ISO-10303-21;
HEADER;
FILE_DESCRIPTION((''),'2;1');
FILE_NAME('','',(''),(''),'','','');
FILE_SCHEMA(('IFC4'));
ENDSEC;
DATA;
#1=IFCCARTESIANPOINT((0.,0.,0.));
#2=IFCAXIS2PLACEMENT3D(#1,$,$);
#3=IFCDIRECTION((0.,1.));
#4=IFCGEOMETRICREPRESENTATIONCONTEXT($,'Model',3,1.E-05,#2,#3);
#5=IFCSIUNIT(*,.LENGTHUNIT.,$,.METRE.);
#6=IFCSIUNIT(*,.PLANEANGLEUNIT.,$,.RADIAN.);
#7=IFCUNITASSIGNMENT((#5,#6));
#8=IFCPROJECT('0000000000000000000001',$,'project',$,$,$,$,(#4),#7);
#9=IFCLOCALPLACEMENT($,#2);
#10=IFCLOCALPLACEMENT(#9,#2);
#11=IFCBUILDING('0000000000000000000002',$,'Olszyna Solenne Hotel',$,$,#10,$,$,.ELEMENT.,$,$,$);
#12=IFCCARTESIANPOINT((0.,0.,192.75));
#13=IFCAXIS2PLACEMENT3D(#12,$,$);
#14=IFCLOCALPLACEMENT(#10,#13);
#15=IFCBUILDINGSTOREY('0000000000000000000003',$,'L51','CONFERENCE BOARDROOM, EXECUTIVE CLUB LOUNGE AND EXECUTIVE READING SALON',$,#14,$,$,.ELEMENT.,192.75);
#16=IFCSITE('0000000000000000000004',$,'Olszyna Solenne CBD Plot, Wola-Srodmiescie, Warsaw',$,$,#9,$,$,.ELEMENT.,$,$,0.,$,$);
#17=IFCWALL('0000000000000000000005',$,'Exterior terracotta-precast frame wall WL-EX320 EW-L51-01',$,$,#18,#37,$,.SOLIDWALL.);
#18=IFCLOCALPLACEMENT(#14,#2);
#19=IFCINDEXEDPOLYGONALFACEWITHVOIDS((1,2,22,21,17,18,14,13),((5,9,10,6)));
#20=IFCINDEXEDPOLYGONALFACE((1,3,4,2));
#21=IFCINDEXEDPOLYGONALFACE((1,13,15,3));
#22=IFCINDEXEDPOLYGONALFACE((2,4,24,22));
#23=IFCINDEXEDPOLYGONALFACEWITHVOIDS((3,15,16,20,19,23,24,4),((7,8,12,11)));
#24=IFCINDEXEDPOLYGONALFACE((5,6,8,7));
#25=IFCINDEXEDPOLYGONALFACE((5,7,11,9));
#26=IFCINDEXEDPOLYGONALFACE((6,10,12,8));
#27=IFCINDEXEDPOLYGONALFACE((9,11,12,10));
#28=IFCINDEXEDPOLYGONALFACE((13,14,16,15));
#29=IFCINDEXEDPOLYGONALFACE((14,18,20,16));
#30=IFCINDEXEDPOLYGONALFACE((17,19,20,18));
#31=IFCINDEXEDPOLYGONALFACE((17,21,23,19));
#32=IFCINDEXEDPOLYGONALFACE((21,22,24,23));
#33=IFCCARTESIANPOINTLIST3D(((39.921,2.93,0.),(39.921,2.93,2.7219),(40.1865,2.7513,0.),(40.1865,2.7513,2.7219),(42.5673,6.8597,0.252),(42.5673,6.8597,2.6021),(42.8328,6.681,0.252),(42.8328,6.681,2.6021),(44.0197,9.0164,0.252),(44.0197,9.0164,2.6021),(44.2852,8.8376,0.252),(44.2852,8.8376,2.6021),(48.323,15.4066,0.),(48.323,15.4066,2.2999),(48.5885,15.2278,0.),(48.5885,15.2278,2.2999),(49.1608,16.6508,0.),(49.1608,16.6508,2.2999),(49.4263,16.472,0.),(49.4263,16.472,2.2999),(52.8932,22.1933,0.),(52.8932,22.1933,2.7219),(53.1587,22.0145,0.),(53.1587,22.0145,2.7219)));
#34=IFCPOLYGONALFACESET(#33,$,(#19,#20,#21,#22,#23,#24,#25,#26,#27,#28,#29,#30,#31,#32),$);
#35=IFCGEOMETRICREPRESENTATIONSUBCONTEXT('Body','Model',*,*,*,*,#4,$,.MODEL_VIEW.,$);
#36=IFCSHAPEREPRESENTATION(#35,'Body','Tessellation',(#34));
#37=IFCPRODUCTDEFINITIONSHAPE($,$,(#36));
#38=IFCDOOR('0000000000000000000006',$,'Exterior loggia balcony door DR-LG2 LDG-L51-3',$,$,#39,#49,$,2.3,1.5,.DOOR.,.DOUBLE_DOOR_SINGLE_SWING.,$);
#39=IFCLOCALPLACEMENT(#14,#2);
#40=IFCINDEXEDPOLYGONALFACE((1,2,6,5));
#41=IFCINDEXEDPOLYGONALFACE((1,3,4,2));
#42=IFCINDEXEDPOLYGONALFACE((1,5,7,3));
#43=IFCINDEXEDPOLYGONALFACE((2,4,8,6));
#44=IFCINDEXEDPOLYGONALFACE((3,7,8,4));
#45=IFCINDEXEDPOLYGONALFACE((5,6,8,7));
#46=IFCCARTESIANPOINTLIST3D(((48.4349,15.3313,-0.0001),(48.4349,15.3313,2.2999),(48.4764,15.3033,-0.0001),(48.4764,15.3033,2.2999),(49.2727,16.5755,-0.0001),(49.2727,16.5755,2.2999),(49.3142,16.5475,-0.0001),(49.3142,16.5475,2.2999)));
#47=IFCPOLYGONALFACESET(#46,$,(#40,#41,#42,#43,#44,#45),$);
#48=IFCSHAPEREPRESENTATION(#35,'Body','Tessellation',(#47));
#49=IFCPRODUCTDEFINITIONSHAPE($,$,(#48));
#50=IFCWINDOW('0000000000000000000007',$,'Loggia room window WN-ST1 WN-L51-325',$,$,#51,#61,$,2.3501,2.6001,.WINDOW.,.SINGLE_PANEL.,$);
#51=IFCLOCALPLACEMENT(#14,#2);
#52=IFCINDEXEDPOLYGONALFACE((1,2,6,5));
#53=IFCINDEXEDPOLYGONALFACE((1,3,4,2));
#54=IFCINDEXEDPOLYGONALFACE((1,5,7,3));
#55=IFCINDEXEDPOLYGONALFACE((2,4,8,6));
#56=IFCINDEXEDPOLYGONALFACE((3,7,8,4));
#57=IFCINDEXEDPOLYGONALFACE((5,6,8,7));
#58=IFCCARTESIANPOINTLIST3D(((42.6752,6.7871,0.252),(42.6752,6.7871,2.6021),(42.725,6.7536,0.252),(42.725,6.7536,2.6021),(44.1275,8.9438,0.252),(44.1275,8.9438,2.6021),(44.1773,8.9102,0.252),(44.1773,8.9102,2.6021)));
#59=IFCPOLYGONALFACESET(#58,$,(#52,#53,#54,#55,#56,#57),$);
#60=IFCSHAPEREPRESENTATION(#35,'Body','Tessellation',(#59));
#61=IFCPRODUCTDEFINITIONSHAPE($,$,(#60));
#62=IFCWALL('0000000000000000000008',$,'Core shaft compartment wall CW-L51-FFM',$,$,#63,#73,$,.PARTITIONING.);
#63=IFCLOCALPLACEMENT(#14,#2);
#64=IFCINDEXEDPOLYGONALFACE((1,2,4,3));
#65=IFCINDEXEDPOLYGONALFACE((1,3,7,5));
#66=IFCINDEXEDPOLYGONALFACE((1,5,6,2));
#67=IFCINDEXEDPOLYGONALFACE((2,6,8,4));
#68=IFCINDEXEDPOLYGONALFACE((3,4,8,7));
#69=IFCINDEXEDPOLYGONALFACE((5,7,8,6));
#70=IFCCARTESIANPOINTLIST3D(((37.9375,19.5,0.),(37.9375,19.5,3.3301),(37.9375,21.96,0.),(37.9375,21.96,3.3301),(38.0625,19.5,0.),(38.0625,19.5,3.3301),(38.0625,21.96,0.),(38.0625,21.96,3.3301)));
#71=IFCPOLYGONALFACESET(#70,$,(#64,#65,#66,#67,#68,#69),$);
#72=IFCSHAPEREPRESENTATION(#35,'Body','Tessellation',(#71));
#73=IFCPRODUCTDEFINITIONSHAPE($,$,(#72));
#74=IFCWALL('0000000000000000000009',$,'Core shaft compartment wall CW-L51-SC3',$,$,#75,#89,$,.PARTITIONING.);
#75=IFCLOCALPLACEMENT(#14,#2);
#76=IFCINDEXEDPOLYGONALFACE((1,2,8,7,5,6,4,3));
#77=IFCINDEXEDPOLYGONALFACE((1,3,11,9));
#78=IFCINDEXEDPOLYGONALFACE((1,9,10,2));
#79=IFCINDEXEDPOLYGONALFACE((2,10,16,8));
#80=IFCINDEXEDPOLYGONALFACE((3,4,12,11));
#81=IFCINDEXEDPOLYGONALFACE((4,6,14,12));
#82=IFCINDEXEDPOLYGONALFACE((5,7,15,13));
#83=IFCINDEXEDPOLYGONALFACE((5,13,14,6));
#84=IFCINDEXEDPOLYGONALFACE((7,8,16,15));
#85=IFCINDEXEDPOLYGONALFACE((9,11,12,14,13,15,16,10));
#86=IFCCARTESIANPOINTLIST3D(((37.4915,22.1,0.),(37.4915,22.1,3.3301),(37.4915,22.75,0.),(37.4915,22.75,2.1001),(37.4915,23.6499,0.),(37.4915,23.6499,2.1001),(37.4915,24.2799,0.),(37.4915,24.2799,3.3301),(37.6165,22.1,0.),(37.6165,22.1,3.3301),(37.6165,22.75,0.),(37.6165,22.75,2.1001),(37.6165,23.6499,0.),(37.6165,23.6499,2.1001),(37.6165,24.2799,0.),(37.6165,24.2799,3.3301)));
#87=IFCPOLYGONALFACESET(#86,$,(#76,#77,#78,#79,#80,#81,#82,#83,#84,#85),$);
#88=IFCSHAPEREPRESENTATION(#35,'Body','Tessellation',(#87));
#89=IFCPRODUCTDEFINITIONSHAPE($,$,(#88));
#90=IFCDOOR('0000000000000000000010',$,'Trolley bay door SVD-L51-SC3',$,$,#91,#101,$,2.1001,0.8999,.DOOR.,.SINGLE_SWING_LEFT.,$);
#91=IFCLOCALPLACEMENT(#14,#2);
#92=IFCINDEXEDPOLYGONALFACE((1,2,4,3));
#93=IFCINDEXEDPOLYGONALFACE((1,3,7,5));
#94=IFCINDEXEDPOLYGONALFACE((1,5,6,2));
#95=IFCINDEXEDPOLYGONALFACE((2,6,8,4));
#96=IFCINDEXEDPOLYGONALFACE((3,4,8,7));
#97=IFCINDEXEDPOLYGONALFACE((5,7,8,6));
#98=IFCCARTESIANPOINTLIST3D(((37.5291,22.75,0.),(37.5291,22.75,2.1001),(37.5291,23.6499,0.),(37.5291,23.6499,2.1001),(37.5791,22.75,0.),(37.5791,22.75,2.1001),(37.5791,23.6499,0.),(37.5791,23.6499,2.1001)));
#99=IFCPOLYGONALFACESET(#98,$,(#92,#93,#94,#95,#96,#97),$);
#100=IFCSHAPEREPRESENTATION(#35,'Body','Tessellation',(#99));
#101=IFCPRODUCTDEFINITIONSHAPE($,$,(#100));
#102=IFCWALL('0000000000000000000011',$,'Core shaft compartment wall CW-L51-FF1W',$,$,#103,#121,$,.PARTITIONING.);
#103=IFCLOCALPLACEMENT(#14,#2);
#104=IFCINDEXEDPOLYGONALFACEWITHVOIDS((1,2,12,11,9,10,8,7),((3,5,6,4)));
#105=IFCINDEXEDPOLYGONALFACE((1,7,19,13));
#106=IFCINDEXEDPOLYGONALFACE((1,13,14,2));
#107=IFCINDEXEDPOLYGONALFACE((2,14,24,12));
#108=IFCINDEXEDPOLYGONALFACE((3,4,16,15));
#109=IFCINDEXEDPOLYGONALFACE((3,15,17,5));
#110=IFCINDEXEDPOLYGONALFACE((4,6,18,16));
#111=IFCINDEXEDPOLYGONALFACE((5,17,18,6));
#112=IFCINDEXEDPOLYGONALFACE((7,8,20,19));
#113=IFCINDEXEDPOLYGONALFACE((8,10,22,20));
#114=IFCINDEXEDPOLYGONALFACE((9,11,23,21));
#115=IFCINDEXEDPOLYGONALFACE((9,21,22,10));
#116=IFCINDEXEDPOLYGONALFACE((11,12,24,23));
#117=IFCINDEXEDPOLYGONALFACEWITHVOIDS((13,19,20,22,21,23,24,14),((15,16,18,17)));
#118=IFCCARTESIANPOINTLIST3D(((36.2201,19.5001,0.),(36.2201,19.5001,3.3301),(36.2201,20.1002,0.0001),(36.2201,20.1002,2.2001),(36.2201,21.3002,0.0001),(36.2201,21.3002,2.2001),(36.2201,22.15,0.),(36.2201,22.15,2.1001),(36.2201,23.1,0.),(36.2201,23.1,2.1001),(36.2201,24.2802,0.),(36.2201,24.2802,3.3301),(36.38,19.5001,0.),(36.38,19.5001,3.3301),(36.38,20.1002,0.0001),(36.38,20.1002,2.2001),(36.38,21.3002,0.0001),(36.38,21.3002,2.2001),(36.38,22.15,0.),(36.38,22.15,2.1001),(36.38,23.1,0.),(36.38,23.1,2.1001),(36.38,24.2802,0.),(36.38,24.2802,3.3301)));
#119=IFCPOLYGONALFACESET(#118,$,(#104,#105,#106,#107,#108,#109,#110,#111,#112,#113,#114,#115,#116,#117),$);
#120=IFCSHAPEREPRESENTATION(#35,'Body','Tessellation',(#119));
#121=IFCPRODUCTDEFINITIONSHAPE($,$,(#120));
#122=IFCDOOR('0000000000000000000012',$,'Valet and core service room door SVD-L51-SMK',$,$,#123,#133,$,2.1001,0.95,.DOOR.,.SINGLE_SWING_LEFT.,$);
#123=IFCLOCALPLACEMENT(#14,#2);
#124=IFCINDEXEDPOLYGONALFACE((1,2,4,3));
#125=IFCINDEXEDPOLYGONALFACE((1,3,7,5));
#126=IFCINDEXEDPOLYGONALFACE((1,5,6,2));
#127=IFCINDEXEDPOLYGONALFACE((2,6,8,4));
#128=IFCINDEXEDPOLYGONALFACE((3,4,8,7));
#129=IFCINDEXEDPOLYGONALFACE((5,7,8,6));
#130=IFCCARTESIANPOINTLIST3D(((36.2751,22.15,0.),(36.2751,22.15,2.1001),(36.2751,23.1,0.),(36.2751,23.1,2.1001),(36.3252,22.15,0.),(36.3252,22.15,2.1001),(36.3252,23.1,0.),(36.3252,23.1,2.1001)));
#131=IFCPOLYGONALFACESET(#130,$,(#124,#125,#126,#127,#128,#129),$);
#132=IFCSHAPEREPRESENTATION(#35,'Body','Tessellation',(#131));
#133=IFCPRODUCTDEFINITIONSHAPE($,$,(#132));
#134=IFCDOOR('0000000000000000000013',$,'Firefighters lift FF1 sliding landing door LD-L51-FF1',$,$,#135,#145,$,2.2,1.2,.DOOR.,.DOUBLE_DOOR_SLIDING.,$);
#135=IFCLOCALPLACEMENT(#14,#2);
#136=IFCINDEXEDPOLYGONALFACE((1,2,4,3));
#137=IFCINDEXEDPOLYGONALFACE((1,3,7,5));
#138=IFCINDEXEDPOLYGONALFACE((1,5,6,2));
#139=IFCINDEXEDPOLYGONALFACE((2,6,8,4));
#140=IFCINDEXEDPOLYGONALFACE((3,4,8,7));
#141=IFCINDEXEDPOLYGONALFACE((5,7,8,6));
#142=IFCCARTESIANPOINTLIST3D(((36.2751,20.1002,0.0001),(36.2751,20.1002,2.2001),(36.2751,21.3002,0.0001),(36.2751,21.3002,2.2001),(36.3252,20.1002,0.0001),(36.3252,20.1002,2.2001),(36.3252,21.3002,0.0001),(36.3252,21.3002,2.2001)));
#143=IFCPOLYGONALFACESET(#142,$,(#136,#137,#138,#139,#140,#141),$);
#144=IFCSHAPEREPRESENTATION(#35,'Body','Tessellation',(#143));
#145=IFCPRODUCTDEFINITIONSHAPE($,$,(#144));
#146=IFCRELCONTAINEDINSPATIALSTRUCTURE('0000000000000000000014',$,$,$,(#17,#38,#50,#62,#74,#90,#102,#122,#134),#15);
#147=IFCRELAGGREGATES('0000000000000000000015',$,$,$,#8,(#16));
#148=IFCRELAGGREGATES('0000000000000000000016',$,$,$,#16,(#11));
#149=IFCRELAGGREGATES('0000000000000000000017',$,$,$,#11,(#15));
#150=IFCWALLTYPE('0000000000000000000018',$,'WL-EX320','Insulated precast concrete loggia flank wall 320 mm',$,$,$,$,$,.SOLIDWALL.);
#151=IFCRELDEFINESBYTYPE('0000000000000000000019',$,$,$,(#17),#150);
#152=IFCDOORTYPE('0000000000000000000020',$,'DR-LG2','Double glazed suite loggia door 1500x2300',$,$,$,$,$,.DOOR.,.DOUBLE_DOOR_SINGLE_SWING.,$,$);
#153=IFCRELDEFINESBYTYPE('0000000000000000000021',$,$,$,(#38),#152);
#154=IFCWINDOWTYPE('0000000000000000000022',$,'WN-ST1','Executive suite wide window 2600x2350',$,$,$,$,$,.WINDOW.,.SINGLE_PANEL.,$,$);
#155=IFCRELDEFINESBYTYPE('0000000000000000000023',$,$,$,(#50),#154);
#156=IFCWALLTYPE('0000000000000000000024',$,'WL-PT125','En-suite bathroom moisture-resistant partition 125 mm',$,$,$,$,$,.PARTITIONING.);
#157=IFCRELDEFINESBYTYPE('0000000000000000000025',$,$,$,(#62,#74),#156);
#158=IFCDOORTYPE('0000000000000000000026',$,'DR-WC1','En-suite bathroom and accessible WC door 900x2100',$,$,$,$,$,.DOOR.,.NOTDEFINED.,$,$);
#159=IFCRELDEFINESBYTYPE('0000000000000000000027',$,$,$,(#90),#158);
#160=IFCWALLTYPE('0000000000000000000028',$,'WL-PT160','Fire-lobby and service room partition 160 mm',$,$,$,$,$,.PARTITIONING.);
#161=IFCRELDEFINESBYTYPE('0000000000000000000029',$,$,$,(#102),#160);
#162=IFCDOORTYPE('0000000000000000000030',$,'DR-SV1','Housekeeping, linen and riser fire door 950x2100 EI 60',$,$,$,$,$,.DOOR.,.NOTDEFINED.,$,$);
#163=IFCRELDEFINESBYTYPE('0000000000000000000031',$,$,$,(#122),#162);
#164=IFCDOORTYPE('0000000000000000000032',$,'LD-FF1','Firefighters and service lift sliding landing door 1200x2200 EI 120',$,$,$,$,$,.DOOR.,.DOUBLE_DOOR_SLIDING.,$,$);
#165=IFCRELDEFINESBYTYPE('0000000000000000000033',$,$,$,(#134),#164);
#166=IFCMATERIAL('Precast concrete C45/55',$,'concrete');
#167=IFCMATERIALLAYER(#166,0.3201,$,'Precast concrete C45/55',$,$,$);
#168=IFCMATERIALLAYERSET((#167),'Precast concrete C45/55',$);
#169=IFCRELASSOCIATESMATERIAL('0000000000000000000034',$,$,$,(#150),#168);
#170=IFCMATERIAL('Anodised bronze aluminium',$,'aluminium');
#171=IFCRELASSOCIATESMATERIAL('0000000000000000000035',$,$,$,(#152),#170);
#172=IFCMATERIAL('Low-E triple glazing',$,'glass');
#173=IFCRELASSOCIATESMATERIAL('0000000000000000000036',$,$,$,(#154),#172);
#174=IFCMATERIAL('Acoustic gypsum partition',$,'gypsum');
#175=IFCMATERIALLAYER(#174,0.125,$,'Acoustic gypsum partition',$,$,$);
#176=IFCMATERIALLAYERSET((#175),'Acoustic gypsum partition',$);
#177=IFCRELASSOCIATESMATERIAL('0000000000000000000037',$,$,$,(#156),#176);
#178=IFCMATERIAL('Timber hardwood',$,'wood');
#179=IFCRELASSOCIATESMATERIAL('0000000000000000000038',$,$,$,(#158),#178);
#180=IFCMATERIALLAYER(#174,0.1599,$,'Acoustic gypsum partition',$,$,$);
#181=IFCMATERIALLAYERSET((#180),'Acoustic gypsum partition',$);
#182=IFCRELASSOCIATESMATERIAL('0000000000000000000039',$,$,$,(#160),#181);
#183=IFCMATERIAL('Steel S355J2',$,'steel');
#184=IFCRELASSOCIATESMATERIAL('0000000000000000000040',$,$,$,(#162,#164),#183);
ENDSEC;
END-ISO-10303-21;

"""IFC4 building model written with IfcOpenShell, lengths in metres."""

from ifc_helpers import new_model, si_unit, direction, frame, frame_2d, origin, place, context, subcontext, project, spatial, rectangle, extrude, source, transform, mapped, material, layer, layer_set, type_object, type_shapes, element, fill, save


model = new_model("IFC4")

# Units and contexts
model_context = context("Model", 3, precision=1e-05, world=origin(), true_north=direction((0.0, 1.0)))
body_context = subcontext(model_context, "Body", "Model", "MODEL_VIEW")
ifc_project = project(units=[si_unit("LENGTHUNIT", "METRE"), si_unit("PLANEANGLEUNIT", "RADIAN")], contexts=[model_context])

# Site, building, storey
site_placement = place(None, origin())
site = spatial("IfcSite", under=ifc_project, at=site_placement, Name="Olszyna Solenne CBD Plot, Wola-Srodmiescie, Warsaw", CompositionType="ELEMENT", RefElevation=0.0)
building_placement = place(site_placement, origin())
building = spatial("IfcBuilding", under=site, at=building_placement, Name="Olszyna Solenne Hotel", CompositionType="ELEMENT")
storey_placement = place(building_placement, frame((0.0, 0.0, 192.75)))
storey = spatial("IfcBuildingStorey", under=building, at=storey_placement, Name="L51", Description="CONFERENCE BOARDROOM, EXECUTIVE CLUB LOUNGE AND EXECUTIVE READING SALON", CompositionType="ELEMENT", Elevation=192.75)

# Shared definitions
ifc_material_1 = material(Name="Steel S355J2", Category="steel")

# Wall, openings, door, window
ifc_material_2 = material(Name="Precast concrete C45/55", Category="concrete")
ifc_layer_1 = layer(ifc_material_2, 0.3201, Name="Precast concrete C45/55")
ifc_layer_set_1 = layer_set([ifc_layer_1], Name="Precast concrete C45/55")
wall_type_1 = type_object("IfcWallType", Name="WL-EX320", Description="Insulated precast concrete loggia flank wall 320 mm", PredefinedType="SOLIDWALL", material=ifc_layer_set_1)
wall_1_placement = place(storey_placement, frame((53.0259, 22.1038, 0.0), z_axis=(0.0, 0.0, 1.0), x_axis=(-0.558571, -0.829457, 0.0)))
wall_1 = element("IfcWall", 1, at=wall_1_placement, inside=storey, type_object=wall_type_1, Name="Exterior terracotta-precast frame wall WL-EX320 EW-L51-01", PredefinedType="SOLIDWALL", context=body_context, shape_type="SweptSolid", body=[
    extrude(rectangle(XDim=23.2239, YDim=0.3201, at=frame_2d((11.6118, 0.0))), origin(), (0.0, 0.0, 1.0), 2.7219),
])
opening_1_placement = place(wall_1_placement, frame((6.6819, 0.0, 0.0)))
opening_1 = element("IfcOpeningElement", 2, at=opening_1_placement, cuts=wall_1, PredefinedType="OPENING", context=body_context, shape_type="SweptSolid", body=[
    extrude(rectangle(XDim=1.5, YDim=2.3, at=frame_2d((0.75, 1.1499))), frame((0.0, 0.1699, 0.0), z_axis=(0.0, -1.0, 0.0), x_axis=(1.0, 0.0, 0.0)), (0.0, 0.0, 1.0), 0.3401),
])
opening_2_placement = place(wall_1_placement, frame((15.886, 0.0, 0.252)))
opening_2 = element("IfcOpeningElement", 3, at=opening_2_placement, cuts=wall_1, PredefinedType="OPENING", context=body_context, shape_type="SweptSolid", body=[
    extrude(rectangle(XDim=2.6001, YDim=2.3501, at=frame_2d((1.3, 1.175))), frame((0.0, 0.1699, 0.0), z_axis=(0.0, -1.0, 0.0), x_axis=(1.0, 0.0, 0.0)), (0.0, 0.0, 1.0), 0.3401),
])
ifc_material_3 = material(Name="Anodised bronze aluminium", Category="aluminium")
door_type_1 = type_object("IfcDoorType", Name="DR-LG2", Description="Double glazed suite loggia door 1500x2300", OperationType="DOUBLE_DOOR_SINGLE_SWING", PredefinedType="DOOR", material=ifc_material_3)
shared_shape_1 = source(origin(), body_context, "Body", "SweptSolid", [
    extrude(rectangle(XDim=1.5, YDim=2.3, at=frame_2d((0.75, 1.1499))), frame((0.0, 0.0249, 0.0), z_axis=(0.0, -1.0, 0.0), x_axis=(1.0, 0.0, 0.0)), (0.0, 0.0, 1.0), 0.05),
])
type_shapes(door_type_1, [shared_shape_1])
door_1_placement = place(opening_1_placement, origin())
door_1 = element("IfcDoor", 4, at=door_1_placement, inside=storey, type_object=door_type_1, Name="Exterior loggia balcony door DR-LG2 LDG-L51-3", OperationType="DOUBLE_DOOR_SINGLE_SWING", OverallHeight=2.3, OverallWidth=1.5, PredefinedType="DOOR", context=body_context, shape_type="MappedRepresentation", body=[
    mapped(shared_shape_1, transform((0.0, 0.0, 0.0), x_axis=(1.0, 0.0, 0.0), y_axis=(0.0, 1.0, 0.0), z_axis=(0.0, 0.0, 1.0), scale=1.0)),
])
fill(opening_1, door_1)
ifc_material_4 = material(Name="Low-E triple glazing", Category="glass")
window_type = type_object("IfcWindowType", Name="WN-ST1", Description="Executive suite wide window 2600x2350", PartitioningType="SINGLE_PANEL", PredefinedType="WINDOW", material=ifc_material_4)
shared_shape_2 = source(origin(), body_context, "Body", "SweptSolid", [
    extrude(rectangle(XDim=2.6001, YDim=2.3501, at=frame_2d((1.3, 1.175))), frame((0.0, 0.03, 0.0), z_axis=(0.0, -1.0, 0.0), x_axis=(1.0, 0.0, 0.0)), (0.0, 0.0, 1.0), 0.0601),
])
type_shapes(window_type, [shared_shape_2])
window_placement = place(opening_2_placement, origin())
window = element("IfcWindow", 5, at=window_placement, inside=storey, type_object=window_type, Name="Loggia room window WN-ST1 WN-L51-325", OverallHeight=2.3501, OverallWidth=2.6001, PartitioningType="SINGLE_PANEL", PredefinedType="WINDOW", context=body_context, shape_type="MappedRepresentation", body=[
    mapped(shared_shape_2, transform((0.0, 0.0, 0.0), x_axis=(1.0, 0.0, 0.0), y_axis=(0.0, 1.0, 0.0), z_axis=(0.0, 0.0, 1.0), scale=1.0)),
])
fill(opening_2, window)

# Wall
ifc_material_5 = material(Name="Acoustic gypsum partition", Category="gypsum")
ifc_layer_2 = layer(ifc_material_5, 0.125, Name="Acoustic gypsum partition")
ifc_layer_set_2 = layer_set([ifc_layer_2], Name="Acoustic gypsum partition")
wall_type_2 = type_object("IfcWallType", Name="WL-PT125", Description="En-suite bathroom moisture-resistant partition 125 mm", PredefinedType="PARTITIONING", material=ifc_layer_set_2)
wall_2_placement = place(storey_placement, frame((38.0, 19.5, 0.0), z_axis=(0.0, 0.0, 1.0), x_axis=(0.0, 1.0, 0.0)))
element("IfcWall", 6, at=wall_2_placement, inside=storey, type_object=wall_type_2, Name="Core shaft compartment wall CW-L51-FFM", PredefinedType="PARTITIONING", context=body_context, shape_type="SweptSolid", body=[
    extrude(rectangle(XDim=2.46, YDim=0.125, at=frame_2d((1.23, 0.0))), origin(), (0.0, 0.0, 1.0), 3.3301),
])

# Wall, opening, door
wall_3_placement = place(storey_placement, frame((37.554, 22.1001, 0.0), z_axis=(0.0, 0.0, 1.0), x_axis=(0.0, 1.0, 0.0)))
wall_3 = element("IfcWall", 7, at=wall_3_placement, inside=storey, type_object=wall_type_2, Name="Core shaft compartment wall CW-L51-SC3", PredefinedType="PARTITIONING", context=body_context, shape_type="SweptSolid", body=[
    extrude(rectangle(XDim=2.1799, YDim=0.125, at=frame_2d((1.0898, 0.0))), origin(), (0.0, 0.0, 1.0), 3.3301),
])
opening_3_placement = place(wall_3_placement, frame((0.6499, 0.0, 0.0)))
opening_3 = element("IfcOpeningElement", 8, at=opening_3_placement, cuts=wall_3, PredefinedType="OPENING", context=body_context, shape_type="SweptSolid", body=[
    extrude(rectangle(XDim=0.8999, YDim=2.1001, at=frame_2d((0.45, 1.05))), frame((0.0, 0.0725, 0.0), z_axis=(0.0, -1.0, 0.0), x_axis=(1.0, 0.0, 0.0)), (0.0, 0.0, 1.0), 0.145),
])
ifc_material_6 = material(Name="Timber hardwood", Category="wood")
door_type_2 = type_object("IfcDoorType", Name="DR-WC1", Description="En-suite bathroom and accessible WC door 900x2100", OperationType="NOTDEFINED", PredefinedType="DOOR", material=ifc_material_6)
shared_shape_3 = source(origin(), body_context, "Body", "SweptSolid", [
    extrude(rectangle(XDim=0.8999, YDim=2.1001, at=frame_2d((0.45, 1.05))), frame((0.0, 0.0249, 0.0), z_axis=(0.0, -1.0, 0.0), x_axis=(1.0, 0.0, 0.0)), (0.0, 0.0, 1.0), 0.05),
])
type_shapes(door_type_2, [shared_shape_3])
door_2_placement = place(opening_3_placement, origin())
door_2 = element("IfcDoor", 9, at=door_2_placement, inside=storey, type_object=door_type_2, Name="Trolley bay door SVD-L51-SC3", OperationType="SINGLE_SWING_LEFT", OverallHeight=2.1001, OverallWidth=0.8999, PredefinedType="DOOR", context=body_context, shape_type="MappedRepresentation", body=[
    mapped(shared_shape_3, transform((0.0, 0.0, 0.0), x_axis=(1.0, 0.0, 0.0), y_axis=(0.0, 1.0, 0.0), z_axis=(0.0, 0.0, 1.0), scale=1.0)),
])
fill(opening_3, door_2)

# Wall, openings, doors
ifc_layer_3 = layer(ifc_material_5, 0.1599, Name="Acoustic gypsum partition")
ifc_layer_set_3 = layer_set([ifc_layer_3], Name="Acoustic gypsum partition")
wall_type_3 = type_object("IfcWallType", Name="WL-PT160", Description="Fire-lobby and service room partition 160 mm", PredefinedType="PARTITIONING", material=ifc_layer_set_3)
wall_4_placement = place(storey_placement, frame((36.3, 19.5, 0.0), z_axis=(0.0, 0.0, 1.0), x_axis=(0.0, 1.0, 0.0)))
wall_4 = element("IfcWall", 10, at=wall_4_placement, inside=storey, type_object=wall_type_3, Name="Core shaft compartment wall CW-L51-FF1W", PredefinedType="PARTITIONING", context=body_context, shape_type="SweptSolid", body=[
    extrude(rectangle(XDim=4.78, YDim=0.1599, at=frame_2d((2.3901, 0.0))), origin(), (0.0, 0.0, 1.0), 3.3301),
])
opening_4_placement = place(wall_4_placement, frame((0.6001, 0.0, 0.0)))
opening_4 = element("IfcOpeningElement", 11, at=opening_4_placement, cuts=wall_4, PredefinedType="OPENING", context=body_context, shape_type="SweptSolid", body=[
    extrude(rectangle(XDim=1.2, YDim=2.2, at=frame_2d((0.6001, 1.1001))), frame((0.0, 0.0898, 0.0), z_axis=(0.0, -1.0, 0.0), x_axis=(1.0, 0.0, 0.0)), (0.0, 0.0, 1.0), 0.1799),
])
opening_5_placement = place(wall_4_placement, frame((2.6499, 0.0, 0.0)))
opening_5 = element("IfcOpeningElement", 12, at=opening_5_placement, cuts=wall_4, PredefinedType="OPENING", context=body_context, shape_type="SweptSolid", body=[
    extrude(rectangle(XDim=0.95, YDim=2.1001, at=frame_2d((0.4751, 1.05))), frame((0.0, 0.0898, 0.0), z_axis=(0.0, -1.0, 0.0), x_axis=(1.0, 0.0, 0.0)), (0.0, 0.0, 1.0), 0.1799),
])
door_type_3 = type_object("IfcDoorType", Name="DR-SV1", Description="Housekeeping, linen and riser fire door 950x2100 EI 60", OperationType="NOTDEFINED", PredefinedType="DOOR", material=ifc_material_1)
shared_shape_4 = source(origin(), body_context, "Body", "SweptSolid", [
    extrude(rectangle(XDim=0.95, YDim=2.1001, at=frame_2d((0.4751, 1.05))), frame((0.0, 0.0249, 0.0), z_axis=(0.0, -1.0, 0.0), x_axis=(1.0, 0.0, 0.0)), (0.0, 0.0, 1.0), 0.05),
])
type_shapes(door_type_3, [shared_shape_4])
door_3_placement = place(opening_5_placement, origin())
door_3 = element("IfcDoor", 13, at=door_3_placement, inside=storey, type_object=door_type_3, Name="Valet and core service room door SVD-L51-SMK", OperationType="SINGLE_SWING_LEFT", OverallHeight=2.1001, OverallWidth=0.95, PredefinedType="DOOR", context=body_context, shape_type="MappedRepresentation", body=[
    mapped(shared_shape_4, transform((0.0, 0.0, 0.0), x_axis=(1.0, 0.0, 0.0), y_axis=(0.0, 1.0, 0.0), z_axis=(0.0, 0.0, 1.0), scale=1.0)),
])
fill(opening_5, door_3)
door_type_4 = type_object("IfcDoorType", Name="LD-FF1", Description="Firefighters and service lift sliding landing door 1200x2200 EI 120", OperationType="DOUBLE_DOOR_SLIDING", PredefinedType="DOOR", material=ifc_material_1)
shared_shape_5 = source(origin(), body_context, "Body", "SweptSolid", [
    extrude(rectangle(XDim=1.2, YDim=2.2, at=frame_2d((0.6001, 1.1001))), frame((0.0, 0.0249, 0.0), z_axis=(0.0, -1.0, 0.0), x_axis=(1.0, 0.0, 0.0)), (0.0, 0.0, 1.0), 0.05),
])
type_shapes(door_type_4, [shared_shape_5])
door_4_placement = place(opening_4_placement, origin())
door_4 = element("IfcDoor", 14, at=door_4_placement, inside=storey, type_object=door_type_4, Name="Firefighters lift FF1 sliding landing door LD-L51-FF1", OperationType="DOUBLE_DOOR_SLIDING", OverallHeight=2.2, OverallWidth=1.2, PredefinedType="DOOR", context=body_context, shape_type="MappedRepresentation", body=[
    mapped(shared_shape_5, transform((0.0, 0.0, 0.0), x_axis=(1.0, 0.0, 0.0), y_axis=(0.0, 1.0, 0.0), z_axis=(0.0, 0.0, 1.0), scale=1.0)),
])
fill(opening_4, door_4)

save(model, "model.ifc")
